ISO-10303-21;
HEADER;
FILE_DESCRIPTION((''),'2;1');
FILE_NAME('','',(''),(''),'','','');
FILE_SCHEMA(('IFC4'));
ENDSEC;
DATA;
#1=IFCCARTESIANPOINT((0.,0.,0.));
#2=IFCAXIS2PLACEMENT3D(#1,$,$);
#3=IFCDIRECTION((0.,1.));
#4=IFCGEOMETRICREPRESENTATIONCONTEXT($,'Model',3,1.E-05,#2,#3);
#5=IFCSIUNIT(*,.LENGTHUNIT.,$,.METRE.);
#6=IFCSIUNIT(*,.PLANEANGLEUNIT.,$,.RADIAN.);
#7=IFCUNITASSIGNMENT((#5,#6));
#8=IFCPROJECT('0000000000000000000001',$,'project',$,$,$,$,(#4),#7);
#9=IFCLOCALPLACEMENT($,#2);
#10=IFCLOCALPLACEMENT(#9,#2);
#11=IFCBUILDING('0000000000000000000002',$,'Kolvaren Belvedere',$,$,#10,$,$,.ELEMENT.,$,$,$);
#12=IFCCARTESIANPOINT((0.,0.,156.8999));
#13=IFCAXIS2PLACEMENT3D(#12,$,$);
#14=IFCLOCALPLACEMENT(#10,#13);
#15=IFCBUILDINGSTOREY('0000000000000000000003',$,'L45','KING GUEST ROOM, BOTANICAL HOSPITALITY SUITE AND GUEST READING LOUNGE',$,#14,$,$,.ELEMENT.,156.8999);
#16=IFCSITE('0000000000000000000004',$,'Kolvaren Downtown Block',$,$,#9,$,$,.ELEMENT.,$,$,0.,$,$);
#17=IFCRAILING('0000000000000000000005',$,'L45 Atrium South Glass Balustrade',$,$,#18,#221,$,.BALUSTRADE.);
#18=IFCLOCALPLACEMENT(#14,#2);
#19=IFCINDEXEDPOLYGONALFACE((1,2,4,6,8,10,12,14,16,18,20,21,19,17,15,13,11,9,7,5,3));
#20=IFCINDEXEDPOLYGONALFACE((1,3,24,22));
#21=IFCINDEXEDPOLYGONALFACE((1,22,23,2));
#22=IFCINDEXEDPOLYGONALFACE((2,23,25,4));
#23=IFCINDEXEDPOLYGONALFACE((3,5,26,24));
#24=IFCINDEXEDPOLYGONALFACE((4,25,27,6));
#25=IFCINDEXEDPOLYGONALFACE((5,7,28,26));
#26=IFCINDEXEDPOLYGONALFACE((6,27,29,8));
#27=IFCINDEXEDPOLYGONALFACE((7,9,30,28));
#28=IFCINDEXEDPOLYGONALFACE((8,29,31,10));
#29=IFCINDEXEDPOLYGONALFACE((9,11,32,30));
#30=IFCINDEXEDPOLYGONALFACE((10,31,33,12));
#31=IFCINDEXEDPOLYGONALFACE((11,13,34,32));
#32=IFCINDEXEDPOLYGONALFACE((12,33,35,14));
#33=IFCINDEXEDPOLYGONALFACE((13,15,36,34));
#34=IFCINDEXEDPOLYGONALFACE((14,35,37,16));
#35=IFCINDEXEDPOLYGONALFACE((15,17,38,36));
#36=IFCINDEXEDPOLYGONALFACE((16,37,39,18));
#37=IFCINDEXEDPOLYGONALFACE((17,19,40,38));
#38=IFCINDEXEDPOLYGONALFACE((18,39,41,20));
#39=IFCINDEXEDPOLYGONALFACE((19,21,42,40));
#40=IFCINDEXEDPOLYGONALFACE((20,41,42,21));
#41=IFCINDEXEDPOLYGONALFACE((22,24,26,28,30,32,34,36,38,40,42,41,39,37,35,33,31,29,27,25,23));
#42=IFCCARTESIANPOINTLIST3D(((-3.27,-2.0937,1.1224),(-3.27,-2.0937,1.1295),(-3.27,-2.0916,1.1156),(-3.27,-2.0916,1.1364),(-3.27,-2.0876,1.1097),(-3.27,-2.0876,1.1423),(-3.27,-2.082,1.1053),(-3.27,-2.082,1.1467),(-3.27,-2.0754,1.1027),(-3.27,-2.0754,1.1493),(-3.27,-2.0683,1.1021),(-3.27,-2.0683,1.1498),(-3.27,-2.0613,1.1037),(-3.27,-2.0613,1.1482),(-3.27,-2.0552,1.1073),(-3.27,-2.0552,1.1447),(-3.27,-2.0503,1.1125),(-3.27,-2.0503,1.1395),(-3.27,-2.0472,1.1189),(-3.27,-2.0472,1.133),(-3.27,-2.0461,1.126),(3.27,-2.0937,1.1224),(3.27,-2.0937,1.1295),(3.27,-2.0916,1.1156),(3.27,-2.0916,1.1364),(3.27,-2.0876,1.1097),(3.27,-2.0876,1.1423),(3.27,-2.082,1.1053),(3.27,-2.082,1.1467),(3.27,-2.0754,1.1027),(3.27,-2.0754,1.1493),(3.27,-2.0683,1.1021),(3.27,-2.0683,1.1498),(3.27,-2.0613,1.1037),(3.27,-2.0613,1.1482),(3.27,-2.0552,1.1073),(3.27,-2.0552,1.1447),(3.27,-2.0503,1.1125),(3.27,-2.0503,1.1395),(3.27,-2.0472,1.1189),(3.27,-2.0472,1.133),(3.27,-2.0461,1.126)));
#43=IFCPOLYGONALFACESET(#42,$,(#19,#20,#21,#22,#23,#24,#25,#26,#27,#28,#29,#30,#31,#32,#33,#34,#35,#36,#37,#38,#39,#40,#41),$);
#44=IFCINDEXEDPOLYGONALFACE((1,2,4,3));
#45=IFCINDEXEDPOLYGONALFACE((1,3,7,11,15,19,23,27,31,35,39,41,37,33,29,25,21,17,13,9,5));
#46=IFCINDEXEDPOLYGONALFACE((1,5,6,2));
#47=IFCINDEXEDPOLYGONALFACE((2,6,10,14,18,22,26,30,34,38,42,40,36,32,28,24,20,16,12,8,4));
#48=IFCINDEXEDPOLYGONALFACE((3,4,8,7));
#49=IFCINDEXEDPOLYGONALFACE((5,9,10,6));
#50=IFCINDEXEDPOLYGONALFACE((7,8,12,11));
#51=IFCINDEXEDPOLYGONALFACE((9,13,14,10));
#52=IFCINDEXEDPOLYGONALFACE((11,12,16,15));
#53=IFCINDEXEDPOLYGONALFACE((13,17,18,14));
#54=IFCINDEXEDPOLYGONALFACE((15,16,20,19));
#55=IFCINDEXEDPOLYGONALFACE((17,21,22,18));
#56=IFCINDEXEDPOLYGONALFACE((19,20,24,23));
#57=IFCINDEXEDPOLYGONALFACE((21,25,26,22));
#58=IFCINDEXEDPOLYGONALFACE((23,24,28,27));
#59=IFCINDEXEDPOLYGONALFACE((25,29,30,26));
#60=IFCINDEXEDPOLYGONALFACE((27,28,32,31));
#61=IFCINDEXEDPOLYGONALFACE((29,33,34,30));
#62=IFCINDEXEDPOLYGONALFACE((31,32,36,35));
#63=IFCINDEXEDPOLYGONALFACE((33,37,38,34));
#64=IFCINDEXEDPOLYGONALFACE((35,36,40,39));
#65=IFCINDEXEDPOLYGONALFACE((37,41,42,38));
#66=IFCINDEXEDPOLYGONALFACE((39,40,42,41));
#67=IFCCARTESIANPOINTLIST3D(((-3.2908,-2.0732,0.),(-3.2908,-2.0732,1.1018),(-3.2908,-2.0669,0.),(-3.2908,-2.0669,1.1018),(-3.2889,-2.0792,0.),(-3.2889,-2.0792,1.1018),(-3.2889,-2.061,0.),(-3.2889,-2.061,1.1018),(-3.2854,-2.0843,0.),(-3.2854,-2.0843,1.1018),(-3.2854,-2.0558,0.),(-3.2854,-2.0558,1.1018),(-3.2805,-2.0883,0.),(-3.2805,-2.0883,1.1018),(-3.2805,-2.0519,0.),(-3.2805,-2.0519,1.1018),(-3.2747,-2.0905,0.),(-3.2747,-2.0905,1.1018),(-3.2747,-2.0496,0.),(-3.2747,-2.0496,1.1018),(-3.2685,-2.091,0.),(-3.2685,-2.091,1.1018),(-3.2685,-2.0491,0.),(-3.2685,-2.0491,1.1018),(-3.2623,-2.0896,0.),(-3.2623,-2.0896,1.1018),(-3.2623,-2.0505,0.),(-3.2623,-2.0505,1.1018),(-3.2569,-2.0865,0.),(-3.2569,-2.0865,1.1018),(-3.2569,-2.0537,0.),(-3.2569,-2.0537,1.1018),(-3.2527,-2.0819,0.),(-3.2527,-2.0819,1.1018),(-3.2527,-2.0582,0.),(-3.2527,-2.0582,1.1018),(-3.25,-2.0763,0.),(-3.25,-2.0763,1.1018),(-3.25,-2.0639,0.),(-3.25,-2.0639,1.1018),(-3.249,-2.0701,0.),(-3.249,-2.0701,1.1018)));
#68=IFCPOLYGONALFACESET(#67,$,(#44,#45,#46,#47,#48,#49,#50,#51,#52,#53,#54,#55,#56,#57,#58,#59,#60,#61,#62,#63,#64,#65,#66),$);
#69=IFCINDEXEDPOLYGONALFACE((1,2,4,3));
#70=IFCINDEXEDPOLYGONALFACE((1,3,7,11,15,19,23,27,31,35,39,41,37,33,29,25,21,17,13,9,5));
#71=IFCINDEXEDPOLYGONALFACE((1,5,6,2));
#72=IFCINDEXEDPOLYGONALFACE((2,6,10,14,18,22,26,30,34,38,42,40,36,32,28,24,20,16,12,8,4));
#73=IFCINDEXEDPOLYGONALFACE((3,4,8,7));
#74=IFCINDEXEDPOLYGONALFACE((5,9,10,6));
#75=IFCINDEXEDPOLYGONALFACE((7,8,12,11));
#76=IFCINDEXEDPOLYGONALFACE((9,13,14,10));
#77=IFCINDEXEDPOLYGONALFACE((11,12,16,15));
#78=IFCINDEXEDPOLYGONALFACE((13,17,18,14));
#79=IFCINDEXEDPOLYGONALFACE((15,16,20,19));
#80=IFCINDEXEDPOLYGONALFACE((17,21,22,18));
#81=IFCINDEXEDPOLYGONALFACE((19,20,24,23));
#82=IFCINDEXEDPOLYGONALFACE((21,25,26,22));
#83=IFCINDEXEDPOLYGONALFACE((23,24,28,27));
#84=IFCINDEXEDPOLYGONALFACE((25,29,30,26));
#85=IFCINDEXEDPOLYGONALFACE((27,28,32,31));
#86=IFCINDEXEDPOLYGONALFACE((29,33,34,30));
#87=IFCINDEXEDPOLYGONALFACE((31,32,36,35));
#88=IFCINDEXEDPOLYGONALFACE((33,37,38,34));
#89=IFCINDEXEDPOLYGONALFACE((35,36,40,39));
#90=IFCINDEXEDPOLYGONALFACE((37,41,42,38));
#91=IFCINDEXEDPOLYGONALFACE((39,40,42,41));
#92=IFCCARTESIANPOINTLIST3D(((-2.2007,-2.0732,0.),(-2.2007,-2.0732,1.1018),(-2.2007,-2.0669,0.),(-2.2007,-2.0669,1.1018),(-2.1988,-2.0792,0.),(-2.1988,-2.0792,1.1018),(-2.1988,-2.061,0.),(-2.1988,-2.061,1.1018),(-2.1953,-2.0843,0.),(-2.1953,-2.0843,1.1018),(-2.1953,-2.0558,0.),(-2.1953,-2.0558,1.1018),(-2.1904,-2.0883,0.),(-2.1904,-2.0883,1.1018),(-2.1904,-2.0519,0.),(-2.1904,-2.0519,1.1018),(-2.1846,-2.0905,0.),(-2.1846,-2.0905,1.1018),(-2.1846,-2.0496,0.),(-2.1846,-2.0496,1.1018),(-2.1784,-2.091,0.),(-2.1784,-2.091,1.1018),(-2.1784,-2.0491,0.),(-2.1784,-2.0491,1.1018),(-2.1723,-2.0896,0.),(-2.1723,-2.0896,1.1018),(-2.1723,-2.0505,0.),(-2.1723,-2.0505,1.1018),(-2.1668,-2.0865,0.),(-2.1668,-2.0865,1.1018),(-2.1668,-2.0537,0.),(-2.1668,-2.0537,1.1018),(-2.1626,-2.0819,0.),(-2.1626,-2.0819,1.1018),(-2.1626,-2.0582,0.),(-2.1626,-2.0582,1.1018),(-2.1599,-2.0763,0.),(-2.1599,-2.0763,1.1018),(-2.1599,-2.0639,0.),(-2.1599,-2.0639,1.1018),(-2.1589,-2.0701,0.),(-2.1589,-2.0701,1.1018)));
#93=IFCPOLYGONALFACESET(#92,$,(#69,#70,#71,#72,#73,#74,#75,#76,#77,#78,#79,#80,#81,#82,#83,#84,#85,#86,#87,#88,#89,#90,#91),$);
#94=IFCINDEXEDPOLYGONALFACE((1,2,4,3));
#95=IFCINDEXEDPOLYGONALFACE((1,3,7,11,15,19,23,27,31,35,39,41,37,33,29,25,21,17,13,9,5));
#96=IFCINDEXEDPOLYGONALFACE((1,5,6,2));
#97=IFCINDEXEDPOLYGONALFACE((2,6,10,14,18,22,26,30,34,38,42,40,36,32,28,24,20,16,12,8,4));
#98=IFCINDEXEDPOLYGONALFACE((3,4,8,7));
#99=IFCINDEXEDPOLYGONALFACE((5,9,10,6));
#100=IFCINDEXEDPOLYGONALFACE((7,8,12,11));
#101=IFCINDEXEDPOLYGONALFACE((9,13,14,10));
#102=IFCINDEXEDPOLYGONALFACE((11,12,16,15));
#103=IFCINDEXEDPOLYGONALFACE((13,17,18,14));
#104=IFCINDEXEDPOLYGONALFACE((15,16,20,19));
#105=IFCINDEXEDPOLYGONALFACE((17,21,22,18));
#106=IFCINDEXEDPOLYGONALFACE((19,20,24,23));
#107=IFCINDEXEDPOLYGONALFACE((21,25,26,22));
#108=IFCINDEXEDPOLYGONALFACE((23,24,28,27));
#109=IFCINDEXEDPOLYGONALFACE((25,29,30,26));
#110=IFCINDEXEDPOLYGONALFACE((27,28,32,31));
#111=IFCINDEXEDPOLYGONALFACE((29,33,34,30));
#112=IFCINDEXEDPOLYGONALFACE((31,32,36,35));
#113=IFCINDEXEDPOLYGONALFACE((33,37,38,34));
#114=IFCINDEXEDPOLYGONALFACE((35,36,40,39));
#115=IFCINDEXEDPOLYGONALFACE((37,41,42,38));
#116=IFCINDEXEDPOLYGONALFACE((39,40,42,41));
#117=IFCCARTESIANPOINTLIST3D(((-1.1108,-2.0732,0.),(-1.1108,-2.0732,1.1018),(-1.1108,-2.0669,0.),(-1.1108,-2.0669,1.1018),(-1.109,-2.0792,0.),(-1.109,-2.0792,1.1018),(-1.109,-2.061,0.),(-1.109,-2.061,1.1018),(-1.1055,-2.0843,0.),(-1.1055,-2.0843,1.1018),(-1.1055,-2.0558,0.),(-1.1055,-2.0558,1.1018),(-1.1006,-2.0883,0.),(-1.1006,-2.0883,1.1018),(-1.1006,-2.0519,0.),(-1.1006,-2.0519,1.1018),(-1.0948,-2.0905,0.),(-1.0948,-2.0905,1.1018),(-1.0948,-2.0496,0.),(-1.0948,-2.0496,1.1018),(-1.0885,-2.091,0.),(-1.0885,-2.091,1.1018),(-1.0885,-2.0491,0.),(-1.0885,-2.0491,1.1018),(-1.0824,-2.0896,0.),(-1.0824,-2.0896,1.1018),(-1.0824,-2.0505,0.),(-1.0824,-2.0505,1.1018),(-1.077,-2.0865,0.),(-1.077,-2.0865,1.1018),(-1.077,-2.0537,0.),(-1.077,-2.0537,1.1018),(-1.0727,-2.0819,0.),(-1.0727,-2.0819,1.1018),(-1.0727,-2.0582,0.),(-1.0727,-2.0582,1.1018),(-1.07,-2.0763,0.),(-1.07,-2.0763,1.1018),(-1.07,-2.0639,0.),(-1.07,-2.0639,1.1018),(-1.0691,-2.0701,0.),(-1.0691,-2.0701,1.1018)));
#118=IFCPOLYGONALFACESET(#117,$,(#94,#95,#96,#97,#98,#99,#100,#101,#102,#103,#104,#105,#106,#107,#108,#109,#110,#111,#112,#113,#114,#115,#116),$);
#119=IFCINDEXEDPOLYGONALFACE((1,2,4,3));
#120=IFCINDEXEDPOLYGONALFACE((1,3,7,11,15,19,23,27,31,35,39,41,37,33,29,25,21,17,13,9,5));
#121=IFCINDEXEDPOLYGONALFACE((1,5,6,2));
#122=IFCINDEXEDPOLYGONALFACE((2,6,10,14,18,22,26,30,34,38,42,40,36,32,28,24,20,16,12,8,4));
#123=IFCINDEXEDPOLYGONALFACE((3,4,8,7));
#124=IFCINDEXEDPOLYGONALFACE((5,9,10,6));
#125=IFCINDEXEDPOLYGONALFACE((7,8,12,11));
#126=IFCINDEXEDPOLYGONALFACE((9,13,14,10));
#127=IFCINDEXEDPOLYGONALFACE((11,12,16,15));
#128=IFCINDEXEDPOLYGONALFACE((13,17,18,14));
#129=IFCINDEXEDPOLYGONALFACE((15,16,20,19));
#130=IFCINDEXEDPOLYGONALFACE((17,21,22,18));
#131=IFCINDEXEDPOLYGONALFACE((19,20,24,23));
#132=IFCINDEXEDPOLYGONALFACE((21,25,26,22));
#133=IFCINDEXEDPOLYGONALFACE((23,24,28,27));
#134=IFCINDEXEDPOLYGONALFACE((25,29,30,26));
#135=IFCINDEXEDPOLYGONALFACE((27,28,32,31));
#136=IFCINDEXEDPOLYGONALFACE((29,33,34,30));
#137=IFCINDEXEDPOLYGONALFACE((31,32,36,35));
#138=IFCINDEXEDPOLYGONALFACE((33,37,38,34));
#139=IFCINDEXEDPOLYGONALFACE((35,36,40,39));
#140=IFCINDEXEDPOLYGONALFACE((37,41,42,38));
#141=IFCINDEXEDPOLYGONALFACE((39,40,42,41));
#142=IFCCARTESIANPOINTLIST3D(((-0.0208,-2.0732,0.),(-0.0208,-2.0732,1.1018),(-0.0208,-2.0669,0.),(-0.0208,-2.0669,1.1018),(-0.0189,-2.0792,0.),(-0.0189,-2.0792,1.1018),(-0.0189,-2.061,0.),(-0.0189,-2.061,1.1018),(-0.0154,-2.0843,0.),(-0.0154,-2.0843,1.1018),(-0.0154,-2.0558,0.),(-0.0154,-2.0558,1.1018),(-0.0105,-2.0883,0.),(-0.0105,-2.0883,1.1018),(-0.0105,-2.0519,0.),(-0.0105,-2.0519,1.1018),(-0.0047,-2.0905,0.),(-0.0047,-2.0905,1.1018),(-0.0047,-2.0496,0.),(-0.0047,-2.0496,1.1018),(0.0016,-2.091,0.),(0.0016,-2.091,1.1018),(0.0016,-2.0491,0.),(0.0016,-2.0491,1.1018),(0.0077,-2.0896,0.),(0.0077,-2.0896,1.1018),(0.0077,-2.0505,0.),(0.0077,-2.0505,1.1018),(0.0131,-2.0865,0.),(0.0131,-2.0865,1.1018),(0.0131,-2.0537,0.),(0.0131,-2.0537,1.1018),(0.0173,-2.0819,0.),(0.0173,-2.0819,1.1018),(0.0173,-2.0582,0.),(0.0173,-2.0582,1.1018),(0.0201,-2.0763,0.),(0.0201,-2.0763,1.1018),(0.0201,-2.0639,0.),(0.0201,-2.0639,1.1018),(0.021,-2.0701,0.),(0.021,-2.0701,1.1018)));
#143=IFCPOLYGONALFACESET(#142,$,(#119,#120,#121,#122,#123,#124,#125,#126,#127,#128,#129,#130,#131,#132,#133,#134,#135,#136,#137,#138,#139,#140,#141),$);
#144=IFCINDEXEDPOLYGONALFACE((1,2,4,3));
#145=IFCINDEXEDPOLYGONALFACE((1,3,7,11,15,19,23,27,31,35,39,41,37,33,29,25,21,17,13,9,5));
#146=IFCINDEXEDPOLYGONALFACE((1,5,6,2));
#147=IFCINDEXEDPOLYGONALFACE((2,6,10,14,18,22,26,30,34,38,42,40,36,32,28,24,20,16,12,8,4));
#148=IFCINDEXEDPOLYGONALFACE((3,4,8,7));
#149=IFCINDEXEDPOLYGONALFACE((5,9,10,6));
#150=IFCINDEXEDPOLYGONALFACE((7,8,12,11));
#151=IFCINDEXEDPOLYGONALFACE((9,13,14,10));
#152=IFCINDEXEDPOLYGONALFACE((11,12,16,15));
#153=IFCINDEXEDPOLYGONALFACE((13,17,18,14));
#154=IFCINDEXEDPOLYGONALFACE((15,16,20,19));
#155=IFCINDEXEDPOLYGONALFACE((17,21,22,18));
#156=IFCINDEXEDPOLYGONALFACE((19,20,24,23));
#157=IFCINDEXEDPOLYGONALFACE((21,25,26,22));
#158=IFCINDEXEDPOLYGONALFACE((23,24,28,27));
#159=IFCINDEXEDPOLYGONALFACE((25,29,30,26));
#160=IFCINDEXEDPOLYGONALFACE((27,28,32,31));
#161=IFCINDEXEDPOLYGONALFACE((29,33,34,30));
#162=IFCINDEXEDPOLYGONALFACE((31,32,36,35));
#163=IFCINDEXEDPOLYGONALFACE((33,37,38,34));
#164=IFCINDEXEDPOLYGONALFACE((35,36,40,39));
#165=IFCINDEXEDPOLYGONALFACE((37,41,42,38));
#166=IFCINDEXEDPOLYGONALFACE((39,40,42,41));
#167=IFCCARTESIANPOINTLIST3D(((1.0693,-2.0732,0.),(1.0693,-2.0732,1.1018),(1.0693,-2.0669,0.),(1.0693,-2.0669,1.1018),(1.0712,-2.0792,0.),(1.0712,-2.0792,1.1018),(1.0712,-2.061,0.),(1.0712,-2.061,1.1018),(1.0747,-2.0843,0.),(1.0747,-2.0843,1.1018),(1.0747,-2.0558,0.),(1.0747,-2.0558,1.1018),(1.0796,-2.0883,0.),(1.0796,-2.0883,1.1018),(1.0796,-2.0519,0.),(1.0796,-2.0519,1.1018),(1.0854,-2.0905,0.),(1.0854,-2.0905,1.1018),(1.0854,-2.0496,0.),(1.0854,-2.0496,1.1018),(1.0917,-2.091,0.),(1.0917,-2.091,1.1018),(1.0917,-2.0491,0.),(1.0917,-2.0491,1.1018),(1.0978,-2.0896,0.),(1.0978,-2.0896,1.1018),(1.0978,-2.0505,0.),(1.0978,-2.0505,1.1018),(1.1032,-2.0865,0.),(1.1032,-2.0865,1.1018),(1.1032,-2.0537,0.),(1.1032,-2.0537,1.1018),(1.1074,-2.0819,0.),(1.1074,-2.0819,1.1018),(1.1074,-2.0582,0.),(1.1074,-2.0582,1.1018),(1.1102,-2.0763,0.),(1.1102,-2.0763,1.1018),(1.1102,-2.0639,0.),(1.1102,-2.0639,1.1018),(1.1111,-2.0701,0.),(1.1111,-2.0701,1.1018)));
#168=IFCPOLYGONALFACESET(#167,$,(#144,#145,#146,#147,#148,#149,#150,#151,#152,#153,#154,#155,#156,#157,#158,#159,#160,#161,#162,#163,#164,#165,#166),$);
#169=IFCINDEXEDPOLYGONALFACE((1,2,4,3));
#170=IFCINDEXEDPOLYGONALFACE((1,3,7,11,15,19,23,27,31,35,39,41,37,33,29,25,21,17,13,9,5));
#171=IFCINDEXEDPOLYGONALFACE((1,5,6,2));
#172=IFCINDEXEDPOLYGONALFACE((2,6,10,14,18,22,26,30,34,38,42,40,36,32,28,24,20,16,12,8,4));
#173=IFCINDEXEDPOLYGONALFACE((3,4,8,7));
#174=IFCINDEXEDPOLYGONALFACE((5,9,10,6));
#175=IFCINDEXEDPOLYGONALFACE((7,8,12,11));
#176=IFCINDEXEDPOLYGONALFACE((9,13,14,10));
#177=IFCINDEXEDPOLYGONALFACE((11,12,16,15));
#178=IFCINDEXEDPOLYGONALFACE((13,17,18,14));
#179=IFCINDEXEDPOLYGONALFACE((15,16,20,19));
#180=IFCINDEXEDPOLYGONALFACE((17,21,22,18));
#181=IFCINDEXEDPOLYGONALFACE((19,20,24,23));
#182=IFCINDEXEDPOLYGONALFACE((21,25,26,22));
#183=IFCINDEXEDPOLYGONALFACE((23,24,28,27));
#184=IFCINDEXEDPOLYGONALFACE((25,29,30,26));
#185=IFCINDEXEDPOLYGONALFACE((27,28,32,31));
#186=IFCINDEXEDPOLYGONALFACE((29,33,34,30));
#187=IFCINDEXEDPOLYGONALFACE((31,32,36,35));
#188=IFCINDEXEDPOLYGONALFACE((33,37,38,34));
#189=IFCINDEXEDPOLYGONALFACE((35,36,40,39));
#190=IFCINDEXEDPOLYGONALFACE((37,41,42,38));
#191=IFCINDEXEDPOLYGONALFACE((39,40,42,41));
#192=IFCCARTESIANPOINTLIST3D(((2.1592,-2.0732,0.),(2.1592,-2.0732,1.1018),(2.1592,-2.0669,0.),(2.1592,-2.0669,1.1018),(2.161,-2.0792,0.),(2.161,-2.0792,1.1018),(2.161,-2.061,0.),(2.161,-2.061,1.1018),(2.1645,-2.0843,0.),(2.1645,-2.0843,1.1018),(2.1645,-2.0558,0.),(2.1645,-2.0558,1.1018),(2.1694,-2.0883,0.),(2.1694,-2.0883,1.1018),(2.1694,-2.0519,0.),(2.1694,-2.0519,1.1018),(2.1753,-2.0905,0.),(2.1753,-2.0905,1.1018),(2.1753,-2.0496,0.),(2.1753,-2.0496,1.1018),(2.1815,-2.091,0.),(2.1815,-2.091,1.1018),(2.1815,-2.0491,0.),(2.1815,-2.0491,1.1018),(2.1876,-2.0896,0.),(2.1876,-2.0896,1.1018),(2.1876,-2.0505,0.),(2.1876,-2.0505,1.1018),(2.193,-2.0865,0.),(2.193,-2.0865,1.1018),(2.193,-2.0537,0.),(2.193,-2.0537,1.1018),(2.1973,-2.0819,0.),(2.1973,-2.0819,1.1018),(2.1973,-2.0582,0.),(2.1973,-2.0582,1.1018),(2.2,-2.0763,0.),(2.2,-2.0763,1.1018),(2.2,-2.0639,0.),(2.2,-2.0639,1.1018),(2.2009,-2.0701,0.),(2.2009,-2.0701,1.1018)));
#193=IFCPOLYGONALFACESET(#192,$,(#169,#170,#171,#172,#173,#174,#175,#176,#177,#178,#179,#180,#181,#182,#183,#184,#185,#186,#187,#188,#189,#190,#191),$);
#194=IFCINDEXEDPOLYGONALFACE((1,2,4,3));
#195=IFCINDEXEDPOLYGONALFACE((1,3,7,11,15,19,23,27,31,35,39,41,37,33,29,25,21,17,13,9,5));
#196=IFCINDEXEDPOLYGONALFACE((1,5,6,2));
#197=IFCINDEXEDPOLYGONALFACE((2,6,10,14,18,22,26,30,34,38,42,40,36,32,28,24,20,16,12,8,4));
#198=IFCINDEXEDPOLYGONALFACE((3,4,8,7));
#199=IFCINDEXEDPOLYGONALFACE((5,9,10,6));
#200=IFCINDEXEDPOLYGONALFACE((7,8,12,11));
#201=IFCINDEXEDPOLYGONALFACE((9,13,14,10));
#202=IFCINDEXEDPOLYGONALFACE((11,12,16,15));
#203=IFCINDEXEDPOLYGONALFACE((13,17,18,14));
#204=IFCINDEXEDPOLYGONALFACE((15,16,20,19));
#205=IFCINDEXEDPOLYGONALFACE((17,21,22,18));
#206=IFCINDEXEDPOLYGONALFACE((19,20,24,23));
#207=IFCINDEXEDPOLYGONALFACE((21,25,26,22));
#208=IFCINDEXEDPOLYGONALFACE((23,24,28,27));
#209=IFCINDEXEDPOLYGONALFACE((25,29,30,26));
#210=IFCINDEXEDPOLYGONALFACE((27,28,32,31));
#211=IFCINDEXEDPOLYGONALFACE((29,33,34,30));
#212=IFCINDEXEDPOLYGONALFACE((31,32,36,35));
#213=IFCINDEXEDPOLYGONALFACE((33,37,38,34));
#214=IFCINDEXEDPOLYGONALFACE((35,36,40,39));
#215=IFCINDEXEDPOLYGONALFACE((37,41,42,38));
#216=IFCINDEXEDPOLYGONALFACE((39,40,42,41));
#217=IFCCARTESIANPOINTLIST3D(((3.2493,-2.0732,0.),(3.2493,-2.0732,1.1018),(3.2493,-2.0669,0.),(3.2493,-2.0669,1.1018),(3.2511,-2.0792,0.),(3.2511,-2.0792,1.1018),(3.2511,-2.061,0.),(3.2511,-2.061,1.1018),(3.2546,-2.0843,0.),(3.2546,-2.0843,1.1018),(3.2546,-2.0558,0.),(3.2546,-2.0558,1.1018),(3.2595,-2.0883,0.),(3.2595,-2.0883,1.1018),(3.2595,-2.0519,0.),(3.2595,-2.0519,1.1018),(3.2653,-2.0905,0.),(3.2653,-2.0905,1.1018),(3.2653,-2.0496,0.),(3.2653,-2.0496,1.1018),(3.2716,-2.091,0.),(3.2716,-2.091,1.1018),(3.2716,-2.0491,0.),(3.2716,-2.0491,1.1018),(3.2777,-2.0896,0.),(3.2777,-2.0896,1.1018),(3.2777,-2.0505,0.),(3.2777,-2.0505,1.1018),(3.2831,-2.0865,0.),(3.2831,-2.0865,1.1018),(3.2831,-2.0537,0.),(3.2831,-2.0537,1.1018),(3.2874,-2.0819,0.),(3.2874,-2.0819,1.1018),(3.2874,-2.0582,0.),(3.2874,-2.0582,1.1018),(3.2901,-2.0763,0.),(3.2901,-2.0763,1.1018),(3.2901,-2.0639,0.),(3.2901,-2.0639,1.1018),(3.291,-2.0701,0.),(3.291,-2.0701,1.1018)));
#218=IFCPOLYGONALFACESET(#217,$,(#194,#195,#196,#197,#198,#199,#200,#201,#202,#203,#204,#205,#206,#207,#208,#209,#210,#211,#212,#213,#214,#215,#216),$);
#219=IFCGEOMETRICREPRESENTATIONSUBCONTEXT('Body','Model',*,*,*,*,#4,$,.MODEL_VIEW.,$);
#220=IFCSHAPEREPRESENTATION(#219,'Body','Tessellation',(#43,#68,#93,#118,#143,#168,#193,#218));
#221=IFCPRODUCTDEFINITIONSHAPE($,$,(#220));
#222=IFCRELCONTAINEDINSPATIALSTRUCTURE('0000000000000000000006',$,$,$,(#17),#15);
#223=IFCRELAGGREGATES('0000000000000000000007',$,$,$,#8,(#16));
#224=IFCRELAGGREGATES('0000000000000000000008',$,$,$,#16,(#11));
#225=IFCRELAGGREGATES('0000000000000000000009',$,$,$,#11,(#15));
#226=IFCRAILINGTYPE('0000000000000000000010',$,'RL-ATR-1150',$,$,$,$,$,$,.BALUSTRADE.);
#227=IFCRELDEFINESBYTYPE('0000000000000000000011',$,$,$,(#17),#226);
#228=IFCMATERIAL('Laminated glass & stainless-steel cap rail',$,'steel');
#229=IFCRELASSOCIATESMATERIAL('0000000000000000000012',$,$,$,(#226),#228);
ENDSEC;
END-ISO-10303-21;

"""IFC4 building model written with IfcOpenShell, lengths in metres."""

from ifc_helpers import new_model, si_unit, direction, frame, origin, origin_2d, place, context, subcontext, project, spatial, circle, extrude, material, type_object, element, save


model = new_model("IFC4")

# Units and contexts
model_context = context("Model", 3, precision=1e-05, world=origin(), true_north=direction((0.0, 1.0)))
body_context = subcontext(model_context, "Body", "Model", "MODEL_VIEW")
ifc_project = project(units=[si_unit("LENGTHUNIT", "METRE"), si_unit("PLANEANGLEUNIT", "RADIAN")], contexts=[model_context])

# Site, building, storey
site_placement = place(None, origin())
site = spatial("IfcSite", under=ifc_project, at=site_placement, Name="Kolvaren Downtown Block", CompositionType="ELEMENT", RefElevation=0.0)
building_placement = place(site_placement, origin())
building = spatial("IfcBuilding", under=site, at=building_placement, Name="Kolvaren Belvedere", CompositionType="ELEMENT")
storey_placement = place(building_placement, frame((0.0, 0.0, 156.8999)))
storey = spatial("IfcBuildingStorey", under=building, at=storey_placement, Name="L45", Description="KING GUEST ROOM, BOTANICAL HOSPITALITY SUITE AND GUEST READING LOUNGE", CompositionType="ELEMENT", Elevation=156.8999)

# Railing
ifc_material_1 = material(Name="Laminated glass & stainless-steel cap rail", Category="steel")
railing_type_1 = type_object("IfcRailingType", Name="RL-ATR-1150", PredefinedType="BALUSTRADE", material=ifc_material_1)
railing_1_placement = place(storey_placement, frame((-3.27, -2.0701, 0.0)))
element("IfcRailing", 1, at=railing_1_placement, inside=storey, type_object=railing_type_1, Name="L45 Atrium South Glass Balustrade", PredefinedType="BALUSTRADE", context=body_context, shape_type="SweptSolid", body=[
    extrude(circle(Radius=0.0239, at=origin_2d()), frame((0.0, 0.0, 1.126), z_axis=(1.0, 0.0, 0.0), x_axis=(0.0, 1.0, 0.0)), (0.0, 0.0, 1.0), 6.54),
    extrude(circle(Radius=0.021, at=origin_2d()), origin(), (0.0, 0.0, 1.0), 1.1018),
    extrude(circle(Radius=0.021, at=origin_2d()), frame((1.0901, 0.0, 0.0)), (0.0, 0.0, 1.0), 1.1018),
    extrude(circle(Radius=0.021, at=origin_2d()), frame((2.1799, 0.0, 0.0)), (0.0, 0.0, 1.0), 1.1018),
    extrude(circle(Radius=0.021, at=origin_2d()), frame((3.27, 0.0, 0.0)), (0.0, 0.0, 1.0), 1.1018),
    extrude(circle(Radius=0.021, at=origin_2d()), frame((4.3601, 0.0, 0.0)), (0.0, 0.0, 1.0), 1.1018),
    extrude(circle(Radius=0.021, at=origin_2d()), frame((5.45, 0.0, 0.0)), (0.0, 0.0, 1.0), 1.1018),
    extrude(circle(Radius=0.021, at=origin_2d()), frame((6.54, 0.0, 0.0)), (0.0, 0.0, 1.0), 1.1018),
])

save(model, "model.ifc")
